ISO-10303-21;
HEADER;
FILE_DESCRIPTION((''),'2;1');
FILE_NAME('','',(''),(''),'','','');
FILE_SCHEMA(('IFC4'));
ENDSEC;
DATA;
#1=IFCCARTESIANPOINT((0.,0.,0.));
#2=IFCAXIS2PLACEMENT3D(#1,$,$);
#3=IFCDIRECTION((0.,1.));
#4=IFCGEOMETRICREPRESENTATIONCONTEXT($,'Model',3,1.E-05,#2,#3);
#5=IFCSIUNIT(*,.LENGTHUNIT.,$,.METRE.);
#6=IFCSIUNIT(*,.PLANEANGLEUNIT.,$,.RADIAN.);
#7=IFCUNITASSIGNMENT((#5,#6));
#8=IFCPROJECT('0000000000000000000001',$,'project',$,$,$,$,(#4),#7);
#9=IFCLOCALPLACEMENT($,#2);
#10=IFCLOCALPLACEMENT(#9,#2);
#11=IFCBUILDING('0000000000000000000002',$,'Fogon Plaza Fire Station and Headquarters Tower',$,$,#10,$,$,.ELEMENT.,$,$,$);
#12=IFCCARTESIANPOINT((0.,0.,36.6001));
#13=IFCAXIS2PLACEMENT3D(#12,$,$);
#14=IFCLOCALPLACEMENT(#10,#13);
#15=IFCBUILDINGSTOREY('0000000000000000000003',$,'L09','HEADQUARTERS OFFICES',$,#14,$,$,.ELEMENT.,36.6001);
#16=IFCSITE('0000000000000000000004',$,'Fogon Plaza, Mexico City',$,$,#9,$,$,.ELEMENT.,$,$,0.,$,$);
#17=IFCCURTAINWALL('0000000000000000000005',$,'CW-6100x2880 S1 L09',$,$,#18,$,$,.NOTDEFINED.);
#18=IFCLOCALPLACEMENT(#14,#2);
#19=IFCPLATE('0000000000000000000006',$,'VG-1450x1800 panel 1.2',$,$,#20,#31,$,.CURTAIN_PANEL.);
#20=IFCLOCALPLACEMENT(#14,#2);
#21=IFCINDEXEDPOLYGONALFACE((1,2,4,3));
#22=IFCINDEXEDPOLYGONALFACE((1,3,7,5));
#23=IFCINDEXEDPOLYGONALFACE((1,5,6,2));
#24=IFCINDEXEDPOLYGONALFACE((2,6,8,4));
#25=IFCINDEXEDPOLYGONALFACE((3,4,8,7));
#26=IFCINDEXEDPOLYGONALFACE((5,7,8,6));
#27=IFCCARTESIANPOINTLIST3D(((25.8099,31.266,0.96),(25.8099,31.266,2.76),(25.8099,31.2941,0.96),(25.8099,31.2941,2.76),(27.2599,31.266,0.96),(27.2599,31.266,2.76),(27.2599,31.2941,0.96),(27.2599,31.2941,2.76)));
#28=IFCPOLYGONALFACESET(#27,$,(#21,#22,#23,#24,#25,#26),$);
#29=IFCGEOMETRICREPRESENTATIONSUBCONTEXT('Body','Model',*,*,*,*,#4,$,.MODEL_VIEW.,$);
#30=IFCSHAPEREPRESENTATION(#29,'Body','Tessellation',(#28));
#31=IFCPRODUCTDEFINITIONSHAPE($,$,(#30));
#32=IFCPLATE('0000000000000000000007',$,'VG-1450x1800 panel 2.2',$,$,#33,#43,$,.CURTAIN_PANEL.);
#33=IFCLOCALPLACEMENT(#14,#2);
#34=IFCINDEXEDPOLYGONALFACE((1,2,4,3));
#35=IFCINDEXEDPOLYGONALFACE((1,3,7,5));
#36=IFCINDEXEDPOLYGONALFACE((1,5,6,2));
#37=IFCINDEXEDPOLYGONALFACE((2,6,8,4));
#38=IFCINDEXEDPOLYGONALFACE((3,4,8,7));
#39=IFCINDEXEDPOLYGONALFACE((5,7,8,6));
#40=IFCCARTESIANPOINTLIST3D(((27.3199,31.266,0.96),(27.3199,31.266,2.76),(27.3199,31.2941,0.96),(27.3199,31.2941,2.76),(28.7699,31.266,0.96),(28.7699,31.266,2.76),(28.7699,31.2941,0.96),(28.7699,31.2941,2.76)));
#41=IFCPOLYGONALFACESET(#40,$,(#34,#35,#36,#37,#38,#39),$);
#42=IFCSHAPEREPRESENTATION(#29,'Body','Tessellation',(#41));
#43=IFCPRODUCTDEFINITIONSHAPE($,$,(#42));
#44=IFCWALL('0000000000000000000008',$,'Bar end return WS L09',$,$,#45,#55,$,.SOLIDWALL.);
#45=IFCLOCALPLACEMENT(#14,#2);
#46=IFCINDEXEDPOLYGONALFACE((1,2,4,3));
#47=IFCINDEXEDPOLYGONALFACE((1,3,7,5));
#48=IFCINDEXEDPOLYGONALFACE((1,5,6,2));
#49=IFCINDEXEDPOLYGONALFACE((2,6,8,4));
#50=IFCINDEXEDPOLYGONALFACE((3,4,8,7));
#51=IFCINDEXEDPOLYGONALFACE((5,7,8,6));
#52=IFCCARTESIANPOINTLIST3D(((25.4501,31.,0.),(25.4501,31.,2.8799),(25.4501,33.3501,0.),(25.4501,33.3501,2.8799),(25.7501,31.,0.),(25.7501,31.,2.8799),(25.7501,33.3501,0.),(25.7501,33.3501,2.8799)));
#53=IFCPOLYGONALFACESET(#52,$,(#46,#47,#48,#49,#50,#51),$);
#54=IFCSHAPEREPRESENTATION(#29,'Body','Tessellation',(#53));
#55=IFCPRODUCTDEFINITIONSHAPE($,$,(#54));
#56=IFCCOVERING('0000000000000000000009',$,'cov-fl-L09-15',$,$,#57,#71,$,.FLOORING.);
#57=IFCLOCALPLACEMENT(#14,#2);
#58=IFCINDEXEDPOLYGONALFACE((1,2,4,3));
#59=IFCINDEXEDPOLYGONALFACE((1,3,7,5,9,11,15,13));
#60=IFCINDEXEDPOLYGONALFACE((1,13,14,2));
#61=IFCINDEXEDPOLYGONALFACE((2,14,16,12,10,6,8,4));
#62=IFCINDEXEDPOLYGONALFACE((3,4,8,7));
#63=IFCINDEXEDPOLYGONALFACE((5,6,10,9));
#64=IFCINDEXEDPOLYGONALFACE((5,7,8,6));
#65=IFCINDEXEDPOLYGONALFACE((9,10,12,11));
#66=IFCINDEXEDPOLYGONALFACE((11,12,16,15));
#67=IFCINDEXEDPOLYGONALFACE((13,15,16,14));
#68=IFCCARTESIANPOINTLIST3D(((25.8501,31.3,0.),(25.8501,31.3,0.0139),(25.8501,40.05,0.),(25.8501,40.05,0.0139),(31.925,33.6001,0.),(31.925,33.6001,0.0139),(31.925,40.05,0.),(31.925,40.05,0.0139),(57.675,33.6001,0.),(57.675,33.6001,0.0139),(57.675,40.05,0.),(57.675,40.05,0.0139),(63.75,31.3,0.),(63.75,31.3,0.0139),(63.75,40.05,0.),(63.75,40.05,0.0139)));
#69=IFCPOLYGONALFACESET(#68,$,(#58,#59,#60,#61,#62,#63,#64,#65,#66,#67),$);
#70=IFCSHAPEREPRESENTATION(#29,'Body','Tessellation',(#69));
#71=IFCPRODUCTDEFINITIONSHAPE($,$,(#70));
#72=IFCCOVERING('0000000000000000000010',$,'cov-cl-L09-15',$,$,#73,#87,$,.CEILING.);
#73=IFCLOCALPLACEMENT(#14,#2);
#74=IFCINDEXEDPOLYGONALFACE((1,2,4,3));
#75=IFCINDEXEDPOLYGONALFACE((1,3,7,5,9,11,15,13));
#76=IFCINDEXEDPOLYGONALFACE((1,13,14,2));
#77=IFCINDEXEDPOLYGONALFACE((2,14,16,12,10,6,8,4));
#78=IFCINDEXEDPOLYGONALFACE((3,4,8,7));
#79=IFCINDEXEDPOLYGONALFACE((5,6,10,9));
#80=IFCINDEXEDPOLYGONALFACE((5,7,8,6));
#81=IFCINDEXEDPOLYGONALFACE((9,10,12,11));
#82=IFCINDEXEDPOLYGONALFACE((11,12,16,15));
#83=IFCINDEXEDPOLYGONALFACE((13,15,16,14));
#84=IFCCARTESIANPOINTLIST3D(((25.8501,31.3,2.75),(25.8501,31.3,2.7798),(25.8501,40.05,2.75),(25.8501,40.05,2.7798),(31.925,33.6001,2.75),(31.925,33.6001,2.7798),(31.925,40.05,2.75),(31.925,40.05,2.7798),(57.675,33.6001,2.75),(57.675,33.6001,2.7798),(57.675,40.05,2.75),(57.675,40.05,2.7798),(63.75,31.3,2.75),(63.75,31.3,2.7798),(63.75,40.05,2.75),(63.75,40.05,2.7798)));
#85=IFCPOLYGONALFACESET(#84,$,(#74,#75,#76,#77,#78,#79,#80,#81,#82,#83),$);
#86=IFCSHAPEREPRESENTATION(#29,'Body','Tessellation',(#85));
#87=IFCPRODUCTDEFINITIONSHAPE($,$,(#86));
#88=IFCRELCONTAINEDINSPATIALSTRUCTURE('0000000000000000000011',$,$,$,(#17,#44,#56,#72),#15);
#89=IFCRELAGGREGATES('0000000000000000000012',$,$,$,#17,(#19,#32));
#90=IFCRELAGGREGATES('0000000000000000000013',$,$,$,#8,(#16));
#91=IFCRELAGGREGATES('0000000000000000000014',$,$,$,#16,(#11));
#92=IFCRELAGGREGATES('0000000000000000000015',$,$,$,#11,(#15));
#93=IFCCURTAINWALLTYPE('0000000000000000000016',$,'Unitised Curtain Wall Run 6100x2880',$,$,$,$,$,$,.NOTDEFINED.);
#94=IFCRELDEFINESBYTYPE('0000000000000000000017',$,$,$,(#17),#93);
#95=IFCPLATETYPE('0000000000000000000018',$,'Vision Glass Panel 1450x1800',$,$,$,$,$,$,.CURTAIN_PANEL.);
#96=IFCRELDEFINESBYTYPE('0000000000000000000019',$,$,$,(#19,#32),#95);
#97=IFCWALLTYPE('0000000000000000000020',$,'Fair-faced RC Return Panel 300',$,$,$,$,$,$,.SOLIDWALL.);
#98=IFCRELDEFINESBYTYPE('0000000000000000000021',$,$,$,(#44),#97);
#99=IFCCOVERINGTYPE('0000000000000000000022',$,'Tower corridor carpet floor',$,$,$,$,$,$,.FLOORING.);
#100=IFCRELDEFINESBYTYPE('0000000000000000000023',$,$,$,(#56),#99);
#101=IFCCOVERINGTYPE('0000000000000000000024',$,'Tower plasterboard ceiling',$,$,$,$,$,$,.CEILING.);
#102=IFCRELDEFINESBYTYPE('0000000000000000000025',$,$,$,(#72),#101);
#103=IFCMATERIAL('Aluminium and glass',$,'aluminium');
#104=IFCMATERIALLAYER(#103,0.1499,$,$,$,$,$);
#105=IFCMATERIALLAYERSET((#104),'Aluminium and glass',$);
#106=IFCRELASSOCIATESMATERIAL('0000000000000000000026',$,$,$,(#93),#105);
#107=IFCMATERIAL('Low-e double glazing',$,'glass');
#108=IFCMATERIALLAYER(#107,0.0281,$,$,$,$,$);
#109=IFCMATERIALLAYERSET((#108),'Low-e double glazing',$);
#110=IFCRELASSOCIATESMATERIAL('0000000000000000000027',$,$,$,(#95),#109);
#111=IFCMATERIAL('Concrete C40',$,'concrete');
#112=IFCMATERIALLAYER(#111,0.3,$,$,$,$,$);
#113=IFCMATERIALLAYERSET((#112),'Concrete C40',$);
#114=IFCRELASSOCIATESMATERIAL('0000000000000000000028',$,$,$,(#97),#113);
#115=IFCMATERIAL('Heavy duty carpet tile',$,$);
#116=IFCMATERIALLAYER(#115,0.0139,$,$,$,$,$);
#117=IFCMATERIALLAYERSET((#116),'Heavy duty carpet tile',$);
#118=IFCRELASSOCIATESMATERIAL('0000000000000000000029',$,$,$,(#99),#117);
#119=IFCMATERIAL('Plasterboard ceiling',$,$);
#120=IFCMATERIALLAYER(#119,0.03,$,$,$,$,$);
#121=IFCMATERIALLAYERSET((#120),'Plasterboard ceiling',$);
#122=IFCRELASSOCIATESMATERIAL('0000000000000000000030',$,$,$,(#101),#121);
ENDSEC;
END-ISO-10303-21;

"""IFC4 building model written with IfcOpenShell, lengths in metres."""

from ifc_helpers import new_model, si_unit, direction, frame, frame_2d, origin, origin_2d, place, context, subcontext, project, spatial, polyline, rectangle, outline, extrude, material, layer, layer_set, type_object, element, aggregate, save


model = new_model("IFC4")

# Units and contexts
model_context = context("Model", 3, precision=1e-05, world=origin(), true_north=direction((0.0, 1.0)))
body_context = subcontext(model_context, "Body", "Model", "MODEL_VIEW")
ifc_project = project(units=[si_unit("LENGTHUNIT", "METRE"), si_unit("PLANEANGLEUNIT", "RADIAN")], contexts=[model_context])

# Site, building, storey
site_placement = place(None, origin())
site = spatial("IfcSite", under=ifc_project, at=site_placement, Name="Fogon Plaza, Mexico City", CompositionType="ELEMENT", RefElevation=0.0)
building_placement = place(site_placement, origin())
building = spatial("IfcBuilding", under=site, at=building_placement, Name="Fogon Plaza Fire Station and Headquarters Tower", CompositionType="ELEMENT")
storey_placement = place(building_placement, frame((0.0, 0.0, 36.6001)))
storey = spatial("IfcBuildingStorey", under=building, at=storey_placement, Name="L09", Description="HEADQUARTERS OFFICES", CompositionType="ELEMENT", Elevation=36.6001)

# Curtain wall
ifc_material_1 = material(Name="Aluminium and glass", Category="aluminium")
ifc_layer_1 = layer(ifc_material_1, 0.1499)
ifc_layer_set_1 = layer_set([ifc_layer_1], Name="Aluminium and glass")
curtain_wall_type = type_object("IfcCurtainWallType", Name="Unitised Curtain Wall Run 6100x2880", PredefinedType="NOTDEFINED", material=ifc_layer_set_1)
curtain_wall_placement = place(storey_placement, origin())
curtain_wall = element("IfcCurtainWall", 1, at=curtain_wall_placement, inside=storey, type_object=curtain_wall_type, Name="CW-6100x2880 S1 L09", PredefinedType="NOTDEFINED")

# Plates
ifc_material_2 = material(Name="Low-e double glazing", Category="glass")
ifc_layer_2 = layer(ifc_material_2, 0.0281)
ifc_layer_set_2 = layer_set([ifc_layer_2], Name="Low-e double glazing")
plate_type_1 = type_object("IfcPlateType", Name="Vision Glass Panel 1450x1800", PredefinedType="CURTAIN_PANEL", material=ifc_layer_set_2)
plate_1_placement = place(storey_placement, frame((26.5349, 31.28, 0.96), z_axis=(0.0, 0.0, 1.0), x_axis=(1.0, 0.0, 0.0)))
plate_1 = element("IfcPlate", 2, at=plate_1_placement, type_object=plate_type_1, Name="VG-1450x1800 panel 1.2", PredefinedType="CURTAIN_PANEL", context=body_context, shape_type="SweptSolid", body=[
    extrude(rectangle(XDim=1.45, YDim=0.0281, at=origin_2d()), origin(), (0.0, 0.0, 1.0), 1.8),
])
plate_2_placement = place(storey_placement, frame((28.0449, 31.28, 0.96), z_axis=(0.0, 0.0, 1.0), x_axis=(1.0, 0.0, 0.0)))
plate_2 = element("IfcPlate", 3, at=plate_2_placement, type_object=plate_type_1, Name="VG-1450x1800 panel 2.2", PredefinedType="CURTAIN_PANEL", context=body_context, shape_type="SweptSolid", body=[
    extrude(rectangle(XDim=1.45, YDim=0.0281, at=origin_2d()), origin(), (0.0, 0.0, 1.0), 1.8),
])
aggregate(curtain_wall, [plate_1, plate_2])

# Wall
ifc_material_3 = material(Name="Concrete C40", Category="concrete")
ifc_layer_3 = layer(ifc_material_3, 0.3)
ifc_layer_set_3 = layer_set([ifc_layer_3], Name="Concrete C40")
wall_type = type_object("IfcWallType", Name="Fair-faced RC Return Panel 300", PredefinedType="SOLIDWALL", material=ifc_layer_set_3)
wall_placement = place(storey_placement, frame((25.6001, 31.0, 0.0), z_axis=(0.0, 0.0, 1.0), x_axis=(0.0, 1.0, 0.0)))
element("IfcWall", 4, at=wall_placement, inside=storey, type_object=wall_type, Name="Bar end return WS L09", PredefinedType="SOLIDWALL", context=body_context, shape_type="SweptSolid", body=[
    extrude(rectangle(XDim=2.3501, YDim=0.3, at=frame_2d((1.175, 0.0))), origin(), (0.0, 0.0, 1.0), 2.8799),
])

# Coverings
ifc_material_4 = material(Name="Heavy duty carpet tile")
ifc_layer_4 = layer(ifc_material_4, 0.0139)
ifc_layer_set_4 = layer_set([ifc_layer_4], Name="Heavy duty carpet tile")
covering_type_1 = type_object("IfcCoveringType", Name="Tower corridor carpet floor", PredefinedType="FLOORING", material=ifc_layer_set_4)
covering_1_placement = place(storey_placement, origin())
element("IfcCovering", 5, at=covering_1_placement, inside=storey, type_object=covering_type_1, Name="cov-fl-L09-15", PredefinedType="FLOORING", context=body_context, shape_type="SweptSolid", body=[
    extrude(outline(polyline([(63.75, 31.3), (63.75, 40.05), (57.675, 40.05), (57.675, 33.6001), (31.925, 33.6001), (31.925, 40.05), (25.8501, 40.05), (25.8501, 31.3), (63.75, 31.3)])), origin(), (0.0, 0.0, 1.0), 0.0139),
])
ifc_material_5 = material(Name="Plasterboard ceiling")
ifc_layer_5 = layer(ifc_material_5, 0.03)
ifc_layer_set_5 = layer_set([ifc_layer_5], Name="Plasterboard ceiling")
covering_type_2 = type_object("IfcCoveringType", Name="Tower plasterboard ceiling", PredefinedType="CEILING", material=ifc_layer_set_5)
covering_2_placement = place(storey_placement, frame((0.0, 0.0, 2.75)))
element("IfcCovering", 6, at=covering_2_placement, inside=storey, type_object=covering_type_2, Name="cov-cl-L09-15", PredefinedType="CEILING", context=body_context, shape_type="SweptSolid", body=[
    extrude(outline(polyline([(63.75, 31.3), (63.75, 40.05), (57.675, 40.05), (57.675, 33.6001), (31.925, 33.6001), (31.925, 40.05), (25.8501, 40.05), (25.8501, 31.3), (63.75, 31.3)])), origin(), (0.0, 0.0, 1.0), 0.0298),
])

save(model, "model.ifc")
